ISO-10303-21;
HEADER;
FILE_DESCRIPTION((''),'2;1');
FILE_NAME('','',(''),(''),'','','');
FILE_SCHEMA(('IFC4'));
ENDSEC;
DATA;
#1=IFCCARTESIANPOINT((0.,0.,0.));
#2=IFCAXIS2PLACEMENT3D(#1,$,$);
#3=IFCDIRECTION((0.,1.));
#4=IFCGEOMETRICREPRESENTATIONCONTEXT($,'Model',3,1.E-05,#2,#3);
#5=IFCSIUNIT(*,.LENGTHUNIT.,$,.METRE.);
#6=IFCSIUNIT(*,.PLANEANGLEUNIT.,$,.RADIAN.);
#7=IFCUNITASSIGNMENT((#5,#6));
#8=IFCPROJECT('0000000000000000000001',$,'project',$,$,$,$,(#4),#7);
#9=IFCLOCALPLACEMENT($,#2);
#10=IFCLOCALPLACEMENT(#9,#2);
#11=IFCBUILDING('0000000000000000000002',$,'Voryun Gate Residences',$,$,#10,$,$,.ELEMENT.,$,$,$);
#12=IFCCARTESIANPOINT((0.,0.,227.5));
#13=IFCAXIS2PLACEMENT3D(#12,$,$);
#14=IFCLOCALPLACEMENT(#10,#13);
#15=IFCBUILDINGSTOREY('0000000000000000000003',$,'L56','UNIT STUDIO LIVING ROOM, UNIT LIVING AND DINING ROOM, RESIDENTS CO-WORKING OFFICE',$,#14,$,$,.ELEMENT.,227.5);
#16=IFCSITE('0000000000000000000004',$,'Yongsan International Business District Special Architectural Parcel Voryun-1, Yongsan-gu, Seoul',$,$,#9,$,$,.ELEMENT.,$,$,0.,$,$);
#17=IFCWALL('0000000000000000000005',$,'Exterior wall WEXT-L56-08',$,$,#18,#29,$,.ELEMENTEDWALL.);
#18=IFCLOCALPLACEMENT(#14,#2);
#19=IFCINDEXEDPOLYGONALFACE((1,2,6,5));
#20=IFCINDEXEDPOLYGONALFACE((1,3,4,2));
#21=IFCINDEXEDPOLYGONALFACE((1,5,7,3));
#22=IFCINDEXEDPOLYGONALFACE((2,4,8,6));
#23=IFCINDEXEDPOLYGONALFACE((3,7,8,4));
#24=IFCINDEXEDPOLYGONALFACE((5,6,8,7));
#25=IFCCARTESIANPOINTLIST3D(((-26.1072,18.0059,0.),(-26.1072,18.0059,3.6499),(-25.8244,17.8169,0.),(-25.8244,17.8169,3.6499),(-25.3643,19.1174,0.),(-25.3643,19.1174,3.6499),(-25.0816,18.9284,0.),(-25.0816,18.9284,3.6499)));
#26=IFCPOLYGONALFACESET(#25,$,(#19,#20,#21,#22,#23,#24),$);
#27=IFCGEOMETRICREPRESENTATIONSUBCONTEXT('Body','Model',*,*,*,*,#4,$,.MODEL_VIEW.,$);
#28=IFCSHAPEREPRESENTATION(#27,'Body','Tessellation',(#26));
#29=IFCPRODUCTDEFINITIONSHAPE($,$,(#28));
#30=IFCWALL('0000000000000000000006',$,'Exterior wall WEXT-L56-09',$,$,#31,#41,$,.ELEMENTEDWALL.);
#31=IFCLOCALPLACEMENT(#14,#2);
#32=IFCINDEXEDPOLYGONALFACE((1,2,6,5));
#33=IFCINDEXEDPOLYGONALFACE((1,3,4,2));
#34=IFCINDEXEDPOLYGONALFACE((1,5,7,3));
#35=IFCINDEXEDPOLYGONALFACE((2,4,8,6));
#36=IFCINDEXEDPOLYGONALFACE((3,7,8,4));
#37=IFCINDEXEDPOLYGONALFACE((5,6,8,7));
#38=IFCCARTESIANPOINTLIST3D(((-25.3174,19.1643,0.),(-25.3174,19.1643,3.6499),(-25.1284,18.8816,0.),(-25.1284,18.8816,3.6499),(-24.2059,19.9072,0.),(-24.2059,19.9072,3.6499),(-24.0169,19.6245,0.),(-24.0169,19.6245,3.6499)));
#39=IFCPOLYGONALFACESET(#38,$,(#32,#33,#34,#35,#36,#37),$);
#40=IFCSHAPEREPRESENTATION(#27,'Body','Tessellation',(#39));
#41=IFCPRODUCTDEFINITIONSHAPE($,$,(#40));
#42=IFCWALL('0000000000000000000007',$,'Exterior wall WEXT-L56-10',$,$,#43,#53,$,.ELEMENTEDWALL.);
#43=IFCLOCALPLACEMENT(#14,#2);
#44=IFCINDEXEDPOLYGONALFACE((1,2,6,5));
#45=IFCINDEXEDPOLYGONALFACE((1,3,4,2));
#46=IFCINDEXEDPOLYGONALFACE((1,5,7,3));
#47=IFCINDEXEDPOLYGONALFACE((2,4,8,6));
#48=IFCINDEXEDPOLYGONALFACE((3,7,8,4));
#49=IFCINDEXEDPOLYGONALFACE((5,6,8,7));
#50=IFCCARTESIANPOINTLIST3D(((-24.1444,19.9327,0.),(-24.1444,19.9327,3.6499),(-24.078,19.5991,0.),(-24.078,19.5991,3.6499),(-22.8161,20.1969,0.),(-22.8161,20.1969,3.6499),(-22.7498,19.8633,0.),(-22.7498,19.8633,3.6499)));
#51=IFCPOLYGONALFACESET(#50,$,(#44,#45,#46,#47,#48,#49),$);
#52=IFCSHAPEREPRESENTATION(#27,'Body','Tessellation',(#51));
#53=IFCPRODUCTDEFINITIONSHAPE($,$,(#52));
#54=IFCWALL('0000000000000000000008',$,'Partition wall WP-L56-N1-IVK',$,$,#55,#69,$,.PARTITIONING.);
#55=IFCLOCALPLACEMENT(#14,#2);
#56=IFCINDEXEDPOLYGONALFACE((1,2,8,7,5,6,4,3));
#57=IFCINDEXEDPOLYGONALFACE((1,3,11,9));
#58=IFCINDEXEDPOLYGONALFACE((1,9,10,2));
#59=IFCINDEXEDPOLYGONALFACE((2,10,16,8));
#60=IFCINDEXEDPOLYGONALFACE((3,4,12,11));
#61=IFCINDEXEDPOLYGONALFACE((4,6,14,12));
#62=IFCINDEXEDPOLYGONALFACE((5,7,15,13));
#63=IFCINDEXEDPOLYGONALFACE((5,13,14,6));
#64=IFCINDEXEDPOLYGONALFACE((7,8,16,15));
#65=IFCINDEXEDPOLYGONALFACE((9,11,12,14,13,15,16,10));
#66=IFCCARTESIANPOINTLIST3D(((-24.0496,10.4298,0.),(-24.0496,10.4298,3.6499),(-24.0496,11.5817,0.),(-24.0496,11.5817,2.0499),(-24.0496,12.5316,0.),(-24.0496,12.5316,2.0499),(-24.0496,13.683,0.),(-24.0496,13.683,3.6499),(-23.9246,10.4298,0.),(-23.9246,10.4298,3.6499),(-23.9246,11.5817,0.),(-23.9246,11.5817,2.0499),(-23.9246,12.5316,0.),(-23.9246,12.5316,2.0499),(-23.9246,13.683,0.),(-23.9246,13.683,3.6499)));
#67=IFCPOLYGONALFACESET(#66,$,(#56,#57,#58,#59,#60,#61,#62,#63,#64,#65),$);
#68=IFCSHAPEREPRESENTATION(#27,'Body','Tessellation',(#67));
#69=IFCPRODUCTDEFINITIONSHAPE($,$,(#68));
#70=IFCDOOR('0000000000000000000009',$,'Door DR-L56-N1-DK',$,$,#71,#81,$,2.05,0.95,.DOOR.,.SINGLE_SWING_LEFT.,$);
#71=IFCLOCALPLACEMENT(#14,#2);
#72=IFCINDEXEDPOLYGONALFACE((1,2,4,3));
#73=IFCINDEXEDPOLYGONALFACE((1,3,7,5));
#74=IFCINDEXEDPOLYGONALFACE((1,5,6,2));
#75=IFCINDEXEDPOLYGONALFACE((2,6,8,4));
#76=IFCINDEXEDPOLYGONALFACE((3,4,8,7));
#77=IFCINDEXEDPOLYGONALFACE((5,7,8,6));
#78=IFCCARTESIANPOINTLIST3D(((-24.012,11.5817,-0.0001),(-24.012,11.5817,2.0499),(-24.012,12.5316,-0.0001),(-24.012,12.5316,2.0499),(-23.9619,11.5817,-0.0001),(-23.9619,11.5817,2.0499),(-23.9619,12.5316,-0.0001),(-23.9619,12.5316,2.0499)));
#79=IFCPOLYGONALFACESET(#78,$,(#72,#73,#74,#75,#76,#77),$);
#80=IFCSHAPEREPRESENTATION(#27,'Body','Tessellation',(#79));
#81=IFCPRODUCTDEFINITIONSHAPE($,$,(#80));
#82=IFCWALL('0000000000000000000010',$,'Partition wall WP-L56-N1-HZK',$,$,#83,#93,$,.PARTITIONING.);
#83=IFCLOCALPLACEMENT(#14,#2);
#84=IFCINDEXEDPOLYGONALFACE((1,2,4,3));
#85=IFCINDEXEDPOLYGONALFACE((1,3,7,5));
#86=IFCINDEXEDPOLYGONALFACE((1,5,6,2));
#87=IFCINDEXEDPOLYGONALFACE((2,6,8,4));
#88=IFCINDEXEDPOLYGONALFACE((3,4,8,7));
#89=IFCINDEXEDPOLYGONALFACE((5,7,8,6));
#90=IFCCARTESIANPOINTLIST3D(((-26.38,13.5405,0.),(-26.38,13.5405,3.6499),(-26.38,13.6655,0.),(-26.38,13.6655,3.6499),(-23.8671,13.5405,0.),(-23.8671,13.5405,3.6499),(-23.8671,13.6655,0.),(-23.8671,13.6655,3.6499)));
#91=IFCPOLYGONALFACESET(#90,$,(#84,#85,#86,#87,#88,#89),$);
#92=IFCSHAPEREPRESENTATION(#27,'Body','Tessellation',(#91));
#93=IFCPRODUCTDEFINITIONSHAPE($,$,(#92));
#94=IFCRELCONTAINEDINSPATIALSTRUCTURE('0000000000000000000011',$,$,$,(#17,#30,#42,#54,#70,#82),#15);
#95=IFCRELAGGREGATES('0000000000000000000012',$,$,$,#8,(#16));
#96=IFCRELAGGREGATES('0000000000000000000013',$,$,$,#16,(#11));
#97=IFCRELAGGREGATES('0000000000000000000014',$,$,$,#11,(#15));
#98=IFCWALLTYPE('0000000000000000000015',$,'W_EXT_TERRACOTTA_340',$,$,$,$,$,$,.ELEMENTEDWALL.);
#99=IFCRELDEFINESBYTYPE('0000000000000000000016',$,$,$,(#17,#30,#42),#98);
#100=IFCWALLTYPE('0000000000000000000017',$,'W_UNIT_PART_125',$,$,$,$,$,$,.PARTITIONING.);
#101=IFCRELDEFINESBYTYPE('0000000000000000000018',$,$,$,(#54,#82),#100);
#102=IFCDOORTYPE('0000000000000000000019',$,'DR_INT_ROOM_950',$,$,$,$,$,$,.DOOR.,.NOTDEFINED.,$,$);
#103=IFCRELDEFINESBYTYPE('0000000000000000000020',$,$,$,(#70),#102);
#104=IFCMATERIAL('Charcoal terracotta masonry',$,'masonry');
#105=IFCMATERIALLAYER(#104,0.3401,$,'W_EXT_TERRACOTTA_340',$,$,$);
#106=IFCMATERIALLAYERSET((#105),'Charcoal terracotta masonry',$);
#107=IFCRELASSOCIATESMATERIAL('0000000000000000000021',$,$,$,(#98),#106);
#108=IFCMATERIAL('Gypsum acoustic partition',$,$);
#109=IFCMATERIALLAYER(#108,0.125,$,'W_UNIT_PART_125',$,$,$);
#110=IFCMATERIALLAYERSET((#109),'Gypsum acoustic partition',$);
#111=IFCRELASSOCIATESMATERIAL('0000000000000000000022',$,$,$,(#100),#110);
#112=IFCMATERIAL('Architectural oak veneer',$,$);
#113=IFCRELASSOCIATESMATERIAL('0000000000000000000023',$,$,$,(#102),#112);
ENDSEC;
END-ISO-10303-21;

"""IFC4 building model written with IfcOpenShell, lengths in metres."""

from ifc_helpers import new_model, si_unit, direction, frame, frame_2d, origin, place, context, subcontext, project, spatial, rectangle, extrude, material, layer, layer_set, type_object, element, fill, save


model = new_model("IFC4")

# Units and contexts
model_context = context("Model", 3, precision=1e-05, world=origin(), true_north=direction((0.0, 1.0)))
body_context = subcontext(model_context, "Body", "Model", "MODEL_VIEW")
ifc_project = project(units=[si_unit("LENGTHUNIT", "METRE"), si_unit("PLANEANGLEUNIT", "RADIAN")], contexts=[model_context])

# Site, building, storey
site_placement = place(None, origin())
site = spatial("IfcSite", under=ifc_project, at=site_placement, Name="Yongsan International Business District Special Architectural Parcel Voryun-1, Yongsan-gu, Seoul", CompositionType="ELEMENT", RefElevation=0.0)
building_placement = place(site_placement, origin())
building = spatial("IfcBuilding", under=site, at=building_placement, Name="Voryun Gate Residences", CompositionType="ELEMENT")
storey_placement = place(building_placement, frame((0.0, 0.0, 227.5)))
storey = spatial("IfcBuildingStorey", under=building, at=storey_placement, Name="L56", Description="UNIT STUDIO LIVING ROOM, UNIT LIVING AND DINING ROOM, RESIDENTS CO-WORKING OFFICE", CompositionType="ELEMENT", Elevation=227.5)

# Walls
ifc_material_1 = material(Name="Charcoal terracotta masonry", Category="masonry")
ifc_layer_1 = layer(ifc_material_1, 0.3401, Name="W_EXT_TERRACOTTA_340")
ifc_layer_set_1 = layer_set([ifc_layer_1], Name="Charcoal terracotta masonry")
wall_type_1 = type_object("IfcWallType", Name="W_EXT_TERRACOTTA_340", PredefinedType="ELEMENTEDWALL", material=ifc_layer_set_1)
for number, where, z_axis, x_axis, name in (
    (1, (-25.9658, 17.9114, 0.0), (0.0, 0.0, 1.0), (0.555669, 0.831404, 0.0), "Exterior wall WEXT-L56-08"),
    (2, (-25.2229, 19.0229, 0.0), (0.0, 0.0, 1.0), (0.831404, 0.555669, 0.0), "Exterior wall WEXT-L56-09"),
):
    element("IfcWall", number, at=place(storey_placement, frame(where, z_axis=z_axis, x_axis=x_axis)), inside=storey, type_object=wall_type_1, Name=name, PredefinedType="ELEMENTEDWALL", context=body_context, shape_type="SweptSolid", body=[
        extrude(rectangle(XDim=1.3369, YDim=0.3401, at=frame_2d((0.6685, 0.0))), origin(), (0.0, 0.0, 1.0), 3.6499),
    ])
wall_1_placement = place(storey_placement, frame((-24.1113, 19.7659, 0.0), z_axis=(0.0, 0.0, 1.0), x_axis=(0.980788, 0.195076, 0.0)))
element("IfcWall", 3, at=wall_1_placement, inside=storey, type_object=wall_type_1, Name="Exterior wall WEXT-L56-10", PredefinedType="ELEMENTEDWALL", context=body_context, shape_type="SweptSolid", body=[
    extrude(rectangle(XDim=1.3542, YDim=0.3401, at=frame_2d((0.6772, 0.0))), origin(), (0.0, 0.0, 1.0), 3.6499),
])

# Wall, opening, door
ifc_material_2 = material(Name="Gypsum acoustic partition")
ifc_layer_2 = layer(ifc_material_2, 0.125, Name="W_UNIT_PART_125")
ifc_layer_set_2 = layer_set([ifc_layer_2], Name="Gypsum acoustic partition")
wall_type_2 = type_object("IfcWallType", Name="W_UNIT_PART_125", PredefinedType="PARTITIONING", material=ifc_layer_set_2)
wall_2_placement = place(storey_placement, frame((-23.9871, 10.4299, 0.0), z_axis=(0.0, 0.0, 1.0), x_axis=(0.0, 1.0, 0.0)))
wall_2 = element("IfcWall", 4, at=wall_2_placement, inside=storey, type_object=wall_type_2, Name="Partition wall WP-L56-N1-IVK", PredefinedType="PARTITIONING", context=body_context, shape_type="SweptSolid", body=[
    extrude(rectangle(XDim=3.2532, YDim=0.125, at=frame_2d((1.6265, 0.0))), origin(), (0.0, 0.0, 1.0), 3.6499),
])
opening_1_placement = place(wall_2_placement, frame((1.1516, 0.0, 0.0)))
opening_1 = element("IfcOpeningElement", 5, at=opening_1_placement, cuts=wall_2, PredefinedType="OPENING", context=body_context, shape_type="SweptSolid", body=[
    extrude(rectangle(XDim=0.95, YDim=2.05, at=frame_2d((0.4751, 1.0249))), frame((0.0, 0.0725, 0.0), z_axis=(0.0, -1.0, 0.0), x_axis=(1.0, 0.0, 0.0)), (0.0, 0.0, 1.0), 0.145),
])
ifc_material_3 = material(Name="Architectural oak veneer")
door_type_1 = type_object("IfcDoorType", Name="DR_INT_ROOM_950", OperationType="NOTDEFINED", PredefinedType="DOOR", material=ifc_material_3)
door_1_placement = place(opening_1_placement, origin())
door_1 = element("IfcDoor", 6, at=door_1_placement, inside=storey, type_object=door_type_1, Name="Door DR-L56-N1-DK", OperationType="SINGLE_SWING_LEFT", OverallHeight=2.05, OverallWidth=0.95, PredefinedType="DOOR", context=body_context, shape_type="SweptSolid", body=[
    extrude(rectangle(XDim=0.95, YDim=2.05, at=frame_2d((0.4751, 1.0249))), frame((0.0, 0.0249, 0.0), z_axis=(0.0, -1.0, 0.0), x_axis=(1.0, 0.0, 0.0)), (0.0, 0.0, 1.0), 0.05),
])
fill(opening_1, door_1)

# Wall
wall_3_placement = place(storey_placement, frame((-26.3799, 13.603, 0.0), z_axis=(0.0, 0.0, 1.0), x_axis=(1.0, 0.0, 0.0)))
element("IfcWall", 7, at=wall_3_placement, inside=storey, type_object=wall_type_2, Name="Partition wall WP-L56-N1-HZK", PredefinedType="PARTITIONING", context=body_context, shape_type="SweptSolid", body=[
    extrude(rectangle(XDim=2.5129, YDim=0.125, at=frame_2d((1.2563, 0.0))), origin(), (0.0, 0.0, 1.0), 3.6499),
])

save(model, "model.ifc")
